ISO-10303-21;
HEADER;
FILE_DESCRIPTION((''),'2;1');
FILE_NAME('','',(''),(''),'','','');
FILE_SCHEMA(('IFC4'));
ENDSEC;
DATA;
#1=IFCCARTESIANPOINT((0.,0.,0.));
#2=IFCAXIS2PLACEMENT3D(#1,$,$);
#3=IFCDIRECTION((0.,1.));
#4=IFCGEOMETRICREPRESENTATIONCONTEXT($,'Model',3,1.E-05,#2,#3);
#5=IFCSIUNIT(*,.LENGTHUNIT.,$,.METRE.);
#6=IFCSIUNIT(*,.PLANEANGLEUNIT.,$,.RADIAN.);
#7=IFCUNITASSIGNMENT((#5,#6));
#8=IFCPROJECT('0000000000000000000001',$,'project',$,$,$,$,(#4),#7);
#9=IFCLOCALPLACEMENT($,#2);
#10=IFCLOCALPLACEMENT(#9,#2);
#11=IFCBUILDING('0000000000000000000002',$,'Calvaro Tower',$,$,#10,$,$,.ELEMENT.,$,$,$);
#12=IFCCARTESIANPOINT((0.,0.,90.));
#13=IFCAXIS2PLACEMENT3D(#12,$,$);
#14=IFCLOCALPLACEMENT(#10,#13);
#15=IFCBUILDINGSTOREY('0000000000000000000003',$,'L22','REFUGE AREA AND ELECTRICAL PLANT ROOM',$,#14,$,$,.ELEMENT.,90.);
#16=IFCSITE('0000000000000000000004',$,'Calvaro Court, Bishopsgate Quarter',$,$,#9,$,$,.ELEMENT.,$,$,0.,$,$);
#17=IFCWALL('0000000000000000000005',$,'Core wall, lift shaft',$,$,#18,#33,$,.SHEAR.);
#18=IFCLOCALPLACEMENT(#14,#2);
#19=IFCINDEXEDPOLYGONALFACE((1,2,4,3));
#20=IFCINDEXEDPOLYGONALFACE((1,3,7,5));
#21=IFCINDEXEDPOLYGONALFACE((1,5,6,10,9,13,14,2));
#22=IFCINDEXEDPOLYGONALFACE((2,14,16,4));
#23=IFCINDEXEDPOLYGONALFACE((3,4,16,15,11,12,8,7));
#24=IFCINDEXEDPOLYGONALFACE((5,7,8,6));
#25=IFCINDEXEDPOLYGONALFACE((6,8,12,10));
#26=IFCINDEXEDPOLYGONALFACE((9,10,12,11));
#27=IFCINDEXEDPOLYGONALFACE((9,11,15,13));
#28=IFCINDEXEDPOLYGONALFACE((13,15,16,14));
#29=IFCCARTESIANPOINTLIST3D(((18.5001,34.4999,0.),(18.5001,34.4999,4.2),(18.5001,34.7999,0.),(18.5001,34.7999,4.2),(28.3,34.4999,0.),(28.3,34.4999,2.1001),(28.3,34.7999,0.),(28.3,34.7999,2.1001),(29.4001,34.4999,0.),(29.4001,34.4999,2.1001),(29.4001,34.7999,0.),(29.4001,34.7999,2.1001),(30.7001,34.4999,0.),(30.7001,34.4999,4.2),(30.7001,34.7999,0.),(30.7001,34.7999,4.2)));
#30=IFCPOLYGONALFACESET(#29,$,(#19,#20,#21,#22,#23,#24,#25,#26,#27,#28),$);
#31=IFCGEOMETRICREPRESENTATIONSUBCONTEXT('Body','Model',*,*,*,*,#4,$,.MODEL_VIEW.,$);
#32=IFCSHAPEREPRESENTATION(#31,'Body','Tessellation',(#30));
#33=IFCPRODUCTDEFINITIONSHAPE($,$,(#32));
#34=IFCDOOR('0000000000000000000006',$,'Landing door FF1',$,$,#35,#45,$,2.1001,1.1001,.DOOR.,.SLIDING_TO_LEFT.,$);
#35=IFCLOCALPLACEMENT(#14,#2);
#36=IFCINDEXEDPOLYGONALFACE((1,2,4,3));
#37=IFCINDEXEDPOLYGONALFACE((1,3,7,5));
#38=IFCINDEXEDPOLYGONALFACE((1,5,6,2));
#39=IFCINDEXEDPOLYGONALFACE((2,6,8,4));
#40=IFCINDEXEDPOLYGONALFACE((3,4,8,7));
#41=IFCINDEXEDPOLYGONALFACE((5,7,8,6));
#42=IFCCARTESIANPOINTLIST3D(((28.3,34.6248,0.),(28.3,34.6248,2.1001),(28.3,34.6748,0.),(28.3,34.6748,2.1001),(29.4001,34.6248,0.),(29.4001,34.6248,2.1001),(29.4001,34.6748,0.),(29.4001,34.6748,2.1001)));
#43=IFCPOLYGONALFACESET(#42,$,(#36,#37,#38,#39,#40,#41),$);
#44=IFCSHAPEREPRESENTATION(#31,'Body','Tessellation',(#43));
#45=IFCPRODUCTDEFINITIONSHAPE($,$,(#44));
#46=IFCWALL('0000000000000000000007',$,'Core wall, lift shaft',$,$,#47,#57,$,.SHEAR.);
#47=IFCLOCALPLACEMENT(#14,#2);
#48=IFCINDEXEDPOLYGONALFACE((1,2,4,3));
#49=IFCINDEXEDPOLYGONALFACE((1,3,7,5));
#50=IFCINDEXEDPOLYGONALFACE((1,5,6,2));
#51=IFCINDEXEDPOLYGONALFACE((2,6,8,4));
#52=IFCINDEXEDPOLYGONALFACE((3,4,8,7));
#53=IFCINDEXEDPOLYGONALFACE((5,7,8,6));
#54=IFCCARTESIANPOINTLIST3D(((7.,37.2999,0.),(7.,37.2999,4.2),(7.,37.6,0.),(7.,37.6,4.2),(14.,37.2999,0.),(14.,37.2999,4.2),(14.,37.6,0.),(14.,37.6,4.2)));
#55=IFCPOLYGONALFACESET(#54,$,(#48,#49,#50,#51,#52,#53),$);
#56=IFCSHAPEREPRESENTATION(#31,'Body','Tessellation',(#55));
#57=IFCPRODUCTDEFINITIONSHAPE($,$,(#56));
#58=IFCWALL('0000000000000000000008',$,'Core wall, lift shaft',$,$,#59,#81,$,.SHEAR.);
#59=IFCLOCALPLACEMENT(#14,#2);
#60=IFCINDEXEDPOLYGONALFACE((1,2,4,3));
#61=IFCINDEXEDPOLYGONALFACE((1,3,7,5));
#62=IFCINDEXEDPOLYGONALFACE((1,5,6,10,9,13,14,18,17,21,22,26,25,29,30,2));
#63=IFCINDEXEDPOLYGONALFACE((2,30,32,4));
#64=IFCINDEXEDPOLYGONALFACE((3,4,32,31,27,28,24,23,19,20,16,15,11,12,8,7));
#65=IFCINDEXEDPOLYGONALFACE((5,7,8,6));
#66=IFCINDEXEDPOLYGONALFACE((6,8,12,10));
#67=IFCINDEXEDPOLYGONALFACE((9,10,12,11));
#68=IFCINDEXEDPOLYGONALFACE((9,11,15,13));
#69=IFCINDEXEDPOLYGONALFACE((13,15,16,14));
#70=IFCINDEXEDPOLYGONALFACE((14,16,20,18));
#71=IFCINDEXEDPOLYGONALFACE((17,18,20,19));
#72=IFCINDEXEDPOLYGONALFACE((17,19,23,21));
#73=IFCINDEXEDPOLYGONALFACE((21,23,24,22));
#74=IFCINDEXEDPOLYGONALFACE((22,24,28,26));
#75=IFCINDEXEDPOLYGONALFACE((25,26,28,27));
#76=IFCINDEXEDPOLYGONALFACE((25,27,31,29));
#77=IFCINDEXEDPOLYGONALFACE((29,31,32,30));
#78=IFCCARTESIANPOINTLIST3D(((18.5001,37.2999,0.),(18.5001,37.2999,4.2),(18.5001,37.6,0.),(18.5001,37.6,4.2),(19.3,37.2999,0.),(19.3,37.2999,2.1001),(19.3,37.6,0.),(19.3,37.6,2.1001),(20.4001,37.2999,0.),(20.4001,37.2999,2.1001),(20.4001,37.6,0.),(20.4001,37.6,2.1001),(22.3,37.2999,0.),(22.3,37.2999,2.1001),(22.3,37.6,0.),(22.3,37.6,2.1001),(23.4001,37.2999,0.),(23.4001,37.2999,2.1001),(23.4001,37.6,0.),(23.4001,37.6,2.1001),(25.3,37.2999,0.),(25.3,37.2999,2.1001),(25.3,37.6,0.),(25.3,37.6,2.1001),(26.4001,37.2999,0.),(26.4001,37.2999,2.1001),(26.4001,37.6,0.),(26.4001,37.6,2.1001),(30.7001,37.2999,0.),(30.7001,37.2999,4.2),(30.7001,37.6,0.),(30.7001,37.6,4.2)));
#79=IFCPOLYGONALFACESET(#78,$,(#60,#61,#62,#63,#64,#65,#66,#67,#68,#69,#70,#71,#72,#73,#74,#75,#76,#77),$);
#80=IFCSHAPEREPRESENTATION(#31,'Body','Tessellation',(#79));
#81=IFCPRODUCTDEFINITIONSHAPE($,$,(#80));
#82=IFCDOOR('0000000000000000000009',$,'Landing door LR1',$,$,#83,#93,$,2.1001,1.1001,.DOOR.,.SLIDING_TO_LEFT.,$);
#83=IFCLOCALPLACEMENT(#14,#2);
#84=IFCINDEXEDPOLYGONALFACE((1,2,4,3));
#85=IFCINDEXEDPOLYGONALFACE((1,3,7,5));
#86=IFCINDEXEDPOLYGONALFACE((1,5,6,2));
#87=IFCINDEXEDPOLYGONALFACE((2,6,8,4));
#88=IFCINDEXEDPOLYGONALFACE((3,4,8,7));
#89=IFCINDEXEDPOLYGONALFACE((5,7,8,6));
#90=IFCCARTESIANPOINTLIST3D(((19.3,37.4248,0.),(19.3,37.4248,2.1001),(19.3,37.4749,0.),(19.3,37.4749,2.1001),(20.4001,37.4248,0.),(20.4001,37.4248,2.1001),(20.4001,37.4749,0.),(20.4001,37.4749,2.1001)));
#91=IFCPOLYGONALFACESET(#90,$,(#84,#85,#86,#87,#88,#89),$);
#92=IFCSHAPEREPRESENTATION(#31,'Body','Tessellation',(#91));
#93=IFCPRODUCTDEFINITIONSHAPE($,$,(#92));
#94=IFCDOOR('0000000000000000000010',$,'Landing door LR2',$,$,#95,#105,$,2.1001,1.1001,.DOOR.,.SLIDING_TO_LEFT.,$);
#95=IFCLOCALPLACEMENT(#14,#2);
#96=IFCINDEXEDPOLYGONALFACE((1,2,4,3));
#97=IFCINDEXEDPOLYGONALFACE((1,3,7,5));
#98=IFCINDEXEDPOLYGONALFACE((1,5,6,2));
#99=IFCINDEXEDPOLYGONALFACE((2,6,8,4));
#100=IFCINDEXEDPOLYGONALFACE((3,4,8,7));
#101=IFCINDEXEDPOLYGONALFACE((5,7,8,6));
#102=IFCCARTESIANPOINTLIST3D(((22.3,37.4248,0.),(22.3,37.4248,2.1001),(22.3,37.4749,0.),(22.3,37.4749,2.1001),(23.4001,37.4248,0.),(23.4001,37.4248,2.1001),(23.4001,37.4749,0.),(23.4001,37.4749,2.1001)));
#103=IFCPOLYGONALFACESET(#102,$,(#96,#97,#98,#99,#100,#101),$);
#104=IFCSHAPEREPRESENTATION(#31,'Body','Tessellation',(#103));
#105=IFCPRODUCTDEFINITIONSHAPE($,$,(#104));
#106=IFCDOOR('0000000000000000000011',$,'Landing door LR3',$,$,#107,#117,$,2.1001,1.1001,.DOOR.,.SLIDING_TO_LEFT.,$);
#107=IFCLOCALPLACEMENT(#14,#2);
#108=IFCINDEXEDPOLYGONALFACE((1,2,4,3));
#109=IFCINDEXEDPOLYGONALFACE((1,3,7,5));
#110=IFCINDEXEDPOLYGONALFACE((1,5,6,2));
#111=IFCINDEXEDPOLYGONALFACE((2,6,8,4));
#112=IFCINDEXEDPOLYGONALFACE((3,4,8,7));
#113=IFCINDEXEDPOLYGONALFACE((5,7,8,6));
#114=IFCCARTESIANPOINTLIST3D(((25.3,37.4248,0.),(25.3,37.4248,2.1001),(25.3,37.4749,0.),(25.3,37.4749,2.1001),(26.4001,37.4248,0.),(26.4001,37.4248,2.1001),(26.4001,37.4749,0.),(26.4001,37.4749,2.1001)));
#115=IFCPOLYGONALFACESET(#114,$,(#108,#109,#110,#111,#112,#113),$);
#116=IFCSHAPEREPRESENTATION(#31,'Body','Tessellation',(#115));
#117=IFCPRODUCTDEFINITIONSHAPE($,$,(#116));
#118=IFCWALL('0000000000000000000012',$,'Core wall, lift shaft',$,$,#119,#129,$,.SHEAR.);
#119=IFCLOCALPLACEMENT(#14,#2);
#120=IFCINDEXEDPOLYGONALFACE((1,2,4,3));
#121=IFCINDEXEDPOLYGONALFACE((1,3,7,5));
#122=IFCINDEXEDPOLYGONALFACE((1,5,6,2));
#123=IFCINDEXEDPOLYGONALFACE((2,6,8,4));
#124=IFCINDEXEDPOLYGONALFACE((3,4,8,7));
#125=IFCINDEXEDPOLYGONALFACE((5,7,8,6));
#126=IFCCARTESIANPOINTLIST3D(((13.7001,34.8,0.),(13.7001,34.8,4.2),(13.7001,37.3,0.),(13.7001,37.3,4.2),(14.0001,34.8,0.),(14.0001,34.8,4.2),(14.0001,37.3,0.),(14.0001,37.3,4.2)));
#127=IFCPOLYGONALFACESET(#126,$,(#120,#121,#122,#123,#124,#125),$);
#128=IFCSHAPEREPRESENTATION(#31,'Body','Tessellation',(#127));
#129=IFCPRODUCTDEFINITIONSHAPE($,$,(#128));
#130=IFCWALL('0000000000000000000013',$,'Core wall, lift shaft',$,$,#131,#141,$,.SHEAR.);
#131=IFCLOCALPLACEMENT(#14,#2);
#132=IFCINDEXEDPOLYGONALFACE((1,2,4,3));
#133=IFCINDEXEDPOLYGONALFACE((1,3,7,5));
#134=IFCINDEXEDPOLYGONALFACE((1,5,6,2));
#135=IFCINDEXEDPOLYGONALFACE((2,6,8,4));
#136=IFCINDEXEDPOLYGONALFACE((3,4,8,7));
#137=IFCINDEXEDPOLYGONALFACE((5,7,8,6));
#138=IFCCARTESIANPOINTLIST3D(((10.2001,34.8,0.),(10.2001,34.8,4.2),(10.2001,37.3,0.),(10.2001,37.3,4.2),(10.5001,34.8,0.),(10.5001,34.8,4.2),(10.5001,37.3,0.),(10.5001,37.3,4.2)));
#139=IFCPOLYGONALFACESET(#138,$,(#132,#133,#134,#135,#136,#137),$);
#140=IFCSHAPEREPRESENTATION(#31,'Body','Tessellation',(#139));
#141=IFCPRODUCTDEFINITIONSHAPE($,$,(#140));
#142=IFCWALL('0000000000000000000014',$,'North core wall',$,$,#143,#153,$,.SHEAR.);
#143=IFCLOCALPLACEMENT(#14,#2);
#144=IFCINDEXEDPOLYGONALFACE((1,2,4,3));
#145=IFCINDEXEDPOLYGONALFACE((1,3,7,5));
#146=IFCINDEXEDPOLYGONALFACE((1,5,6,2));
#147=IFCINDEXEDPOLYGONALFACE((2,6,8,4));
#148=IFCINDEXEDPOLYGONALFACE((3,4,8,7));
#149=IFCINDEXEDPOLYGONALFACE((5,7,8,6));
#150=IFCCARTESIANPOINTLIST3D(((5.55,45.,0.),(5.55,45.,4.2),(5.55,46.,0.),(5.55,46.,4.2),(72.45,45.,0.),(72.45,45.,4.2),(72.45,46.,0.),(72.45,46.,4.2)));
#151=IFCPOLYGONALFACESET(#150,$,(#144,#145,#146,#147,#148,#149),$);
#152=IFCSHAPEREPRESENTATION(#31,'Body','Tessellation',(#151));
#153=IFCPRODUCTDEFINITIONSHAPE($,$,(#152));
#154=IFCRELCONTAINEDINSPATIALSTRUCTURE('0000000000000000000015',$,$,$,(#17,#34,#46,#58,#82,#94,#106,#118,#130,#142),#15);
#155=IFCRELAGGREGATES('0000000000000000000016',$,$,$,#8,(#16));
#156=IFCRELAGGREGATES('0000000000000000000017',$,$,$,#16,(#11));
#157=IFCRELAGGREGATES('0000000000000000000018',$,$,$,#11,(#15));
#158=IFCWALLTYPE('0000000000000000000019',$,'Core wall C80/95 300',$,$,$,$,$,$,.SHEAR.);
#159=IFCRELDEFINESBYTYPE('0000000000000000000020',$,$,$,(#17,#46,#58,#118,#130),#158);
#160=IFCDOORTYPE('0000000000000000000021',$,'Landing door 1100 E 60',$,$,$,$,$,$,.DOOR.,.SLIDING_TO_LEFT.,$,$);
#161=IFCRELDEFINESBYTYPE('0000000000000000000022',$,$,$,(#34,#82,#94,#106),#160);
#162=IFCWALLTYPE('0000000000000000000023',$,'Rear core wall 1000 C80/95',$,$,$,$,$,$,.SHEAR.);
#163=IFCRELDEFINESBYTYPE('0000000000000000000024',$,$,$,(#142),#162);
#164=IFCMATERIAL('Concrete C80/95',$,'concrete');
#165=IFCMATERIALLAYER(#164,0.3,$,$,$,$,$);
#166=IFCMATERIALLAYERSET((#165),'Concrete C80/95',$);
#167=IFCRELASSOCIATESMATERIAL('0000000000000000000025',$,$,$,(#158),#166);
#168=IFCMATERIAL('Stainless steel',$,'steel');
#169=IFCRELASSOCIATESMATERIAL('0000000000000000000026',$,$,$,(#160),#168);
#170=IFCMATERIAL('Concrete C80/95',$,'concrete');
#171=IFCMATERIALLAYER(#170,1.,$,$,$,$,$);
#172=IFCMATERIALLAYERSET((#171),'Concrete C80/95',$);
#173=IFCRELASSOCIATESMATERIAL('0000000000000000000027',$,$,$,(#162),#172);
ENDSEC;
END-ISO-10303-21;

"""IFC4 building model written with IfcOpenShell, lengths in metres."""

from ifc_helpers import new_model, si_unit, direction, frame, frame_2d, origin, place, context, subcontext, project, spatial, rectangle, extrude, material, layer, layer_set, type_object, element, fill, save


model = new_model("IFC4")

# Units and contexts
model_context = context("Model", 3, precision=1e-05, world=origin(), true_north=direction((0.0, 1.0)))
body_context = subcontext(model_context, "Body", "Model", "MODEL_VIEW")
ifc_project = project(units=[si_unit("LENGTHUNIT", "METRE"), si_unit("PLANEANGLEUNIT", "RADIAN")], contexts=[model_context])

# Site, building, storey
site_placement = place(None, origin())
site = spatial("IfcSite", under=ifc_project, at=site_placement, Name="Calvaro Court, Bishopsgate Quarter", CompositionType="ELEMENT", RefElevation=0.0)
building_placement = place(site_placement, origin())
building = spatial("IfcBuilding", under=site, at=building_placement, Name="Calvaro Tower", CompositionType="ELEMENT")
storey_placement = place(building_placement, frame((0.0, 0.0, 90.0)))
storey = spatial("IfcBuildingStorey", under=building, at=storey_placement, Name="L22", Description="REFUGE AREA AND ELECTRICAL PLANT ROOM", CompositionType="ELEMENT", Elevation=90.0)

# Shared definitions
ifc_material_1 = material(Name="Concrete C80/95", Category="concrete")
ifc_layer_1 = layer(ifc_material_1, 0.3)
ifc_layer_set_1 = layer_set([ifc_layer_1], Name="Concrete C80/95")
wall_type_1 = type_object("IfcWallType", Name="Core wall C80/95 300", PredefinedType="SHEAR", material=ifc_layer_set_1)

# Wall, opening, door
wall_1_placement = place(storey_placement, frame((18.5, 34.6499, 0.0), z_axis=(0.0, 0.0, 1.0), x_axis=(1.0, 0.0, 0.0)))
wall_1 = element("IfcWall", 1, at=wall_1_placement, inside=storey, type_object=wall_type_1, Name="Core wall, lift shaft", PredefinedType="SHEAR", context=body_context, shape_type="SweptSolid", body=[
    extrude(rectangle(XDim=12.2, YDim=0.3, at=frame_2d((6.1001, 0.0))), origin(), (0.0, 0.0, 1.0), 4.2),
])
opening_1_placement = place(wall_1_placement, frame((9.8, 0.0, 0.0)))
opening_1 = element("IfcOpeningElement", 2, at=opening_1_placement, cuts=wall_1, PredefinedType="OPENING", context=body_context, shape_type="SweptSolid", body=[
    extrude(rectangle(XDim=1.1001, YDim=2.1001, at=frame_2d((0.55, 1.05))), frame((0.0, 0.1599, 0.0), z_axis=(0.0, -1.0, 0.0), x_axis=(1.0, 0.0, 0.0)), (0.0, 0.0, 1.0), 0.3201),
])
ifc_material_2 = material(Name="Stainless steel", Category="steel")
door_type_1 = type_object("IfcDoorType", Name="Landing door 1100 E 60", OperationType="SLIDING_TO_LEFT", PredefinedType="DOOR", material=ifc_material_2)
door_1_placement = place(opening_1_placement, origin())
door_1 = element("IfcDoor", 3, at=door_1_placement, inside=storey, type_object=door_type_1, Name="Landing door FF1", OperationType="SLIDING_TO_LEFT", OverallHeight=2.1001, OverallWidth=1.1001, PredefinedType="DOOR", context=body_context, shape_type="SweptSolid", body=[
    extrude(rectangle(XDim=1.1001, YDim=2.1001, at=frame_2d((0.55, 1.05))), frame((0.0, 0.0249, 0.0), z_axis=(0.0, -1.0, 0.0), x_axis=(1.0, 0.0, 0.0)), (0.0, 0.0, 1.0), 0.05),
])
fill(opening_1, door_1)

# Wall
wall_2_placement = place(storey_placement, frame((7.0, 37.45, 0.0), z_axis=(0.0, 0.0, 1.0), x_axis=(1.0, 0.0, 0.0)))
element("IfcWall", 4, at=wall_2_placement, inside=storey, type_object=wall_type_1, Name="Core wall, lift shaft", PredefinedType="SHEAR", context=body_context, shape_type="SweptSolid", body=[
    extrude(rectangle(XDim=7.0, YDim=0.3, at=frame_2d((3.5, 0.0))), origin(), (0.0, 0.0, 1.0), 4.2),
])

# Wall, openings, doors
wall_3_placement = place(storey_placement, frame((18.5, 37.45, 0.0), z_axis=(0.0, 0.0, 1.0), x_axis=(1.0, 0.0, 0.0)))
wall_3 = element("IfcWall", 5, at=wall_3_placement, inside=storey, type_object=wall_type_1, Name="Core wall, lift shaft", PredefinedType="SHEAR", context=body_context, shape_type="SweptSolid", body=[
    extrude(rectangle(XDim=12.2, YDim=0.3, at=frame_2d((6.1001, 0.0))), origin(), (0.0, 0.0, 1.0), 4.2),
])
opening_2_placement = place(wall_3_placement, frame((0.8, 0.0, 0.0)))
opening_2 = element("IfcOpeningElement", 6, at=opening_2_placement, cuts=wall_3, PredefinedType="OPENING", context=body_context, shape_type="SweptSolid", body=[
    extrude(rectangle(XDim=1.1001, YDim=2.1001, at=frame_2d((0.55, 1.05))), frame((0.0, 0.1599, 0.0), z_axis=(0.0, -1.0, 0.0), x_axis=(1.0, 0.0, 0.0)), (0.0, 0.0, 1.0), 0.3201),
])
opening_3_placement = place(wall_3_placement, frame((3.8, 0.0, 0.0)))
opening_3 = element("IfcOpeningElement", 7, at=opening_3_placement, cuts=wall_3, PredefinedType="OPENING", context=body_context, shape_type="SweptSolid", body=[
    extrude(rectangle(XDim=1.1001, YDim=2.1001, at=frame_2d((0.55, 1.05))), frame((0.0, 0.1599, 0.0), z_axis=(0.0, -1.0, 0.0), x_axis=(1.0, 0.0, 0.0)), (0.0, 0.0, 1.0), 0.3201),
])
opening_4_placement = place(wall_3_placement, frame((6.8, 0.0, 0.0)))
opening_4 = element("IfcOpeningElement", 8, at=opening_4_placement, cuts=wall_3, PredefinedType="OPENING", context=body_context, shape_type="SweptSolid", body=[
    extrude(rectangle(XDim=1.1001, YDim=2.1001, at=frame_2d((0.55, 1.05))), frame((0.0, 0.1599, 0.0), z_axis=(0.0, -1.0, 0.0), x_axis=(1.0, 0.0, 0.0)), (0.0, 0.0, 1.0), 0.3201),
])
door_2_placement = place(opening_2_placement, origin())
door_2 = element("IfcDoor", 9, at=door_2_placement, inside=storey, type_object=door_type_1, Name="Landing door LR1", OperationType="SLIDING_TO_LEFT", OverallHeight=2.1001, OverallWidth=1.1001, PredefinedType="DOOR", context=body_context, shape_type="SweptSolid", body=[
    extrude(rectangle(XDim=1.1001, YDim=2.1001, at=frame_2d((0.55, 1.05))), frame((0.0, 0.0249, 0.0), z_axis=(0.0, -1.0, 0.0), x_axis=(1.0, 0.0, 0.0)), (0.0, 0.0, 1.0), 0.05),
])
fill(opening_2, door_2)
door_3_placement = place(opening_3_placement, origin())
door_3 = element("IfcDoor", 10, at=door_3_placement, inside=storey, type_object=door_type_1, Name="Landing door LR2", OperationType="SLIDING_TO_LEFT", OverallHeight=2.1001, OverallWidth=1.1001, PredefinedType="DOOR", context=body_context, shape_type="SweptSolid", body=[
    extrude(rectangle(XDim=1.1001, YDim=2.1001, at=frame_2d((0.55, 1.05))), frame((0.0, 0.0249, 0.0), z_axis=(0.0, -1.0, 0.0), x_axis=(1.0, 0.0, 0.0)), (0.0, 0.0, 1.0), 0.05),
])
fill(opening_3, door_3)
door_4_placement = place(opening_4_placement, origin())
door_4 = element("IfcDoor", 11, at=door_4_placement, inside=storey, type_object=door_type_1, Name="Landing door LR3", OperationType="SLIDING_TO_LEFT", OverallHeight=2.1001, OverallWidth=1.1001, PredefinedType="DOOR", context=body_context, shape_type="SweptSolid", body=[
    extrude(rectangle(XDim=1.1001, YDim=2.1001, at=frame_2d((0.55, 1.05))), frame((0.0, 0.0249, 0.0), z_axis=(0.0, -1.0, 0.0), x_axis=(1.0, 0.0, 0.0)), (0.0, 0.0, 1.0), 0.05),
])
fill(opening_4, door_4)

# Walls
for number, where, z_axis, x_axis, name in (
    (12, (13.8501, 34.8, 0.0), (0.0, 0.0, 1.0), (0.0, 1.0, 0.0), "Core wall, lift shaft"),
    (13, (10.3501, 34.8, 0.0), (0.0, 0.0, 1.0), (0.0, 1.0, 0.0), "Core wall, lift shaft"),
):
    element("IfcWall", number, at=place(storey_placement, frame(where, z_axis=z_axis, x_axis=x_axis)), inside=storey, type_object=wall_type_1, Name=name, PredefinedType="SHEAR", context=body_context, shape_type="SweptSolid", body=[
        extrude(rectangle(XDim=2.5, YDim=0.3, at=frame_2d((1.25, 0.0))), origin(), (0.0, 0.0, 1.0), 4.2),
    ])
ifc_material_3 = material(Name="Concrete C80/95", Category="concrete")
ifc_layer_2 = layer(ifc_material_3, 1.0)
ifc_layer_set_2 = layer_set([ifc_layer_2], Name="Concrete C80/95")
wall_type_2 = type_object("IfcWallType", Name="Rear core wall 1000 C80/95", PredefinedType="SHEAR", material=ifc_layer_set_2)
wall_4_placement = place(storey_placement, frame((5.55, 45.5, 0.0), z_axis=(0.0, 0.0, 1.0), x_axis=(1.0, 0.0, 0.0)))
element("IfcWall", 14, at=wall_4_placement, inside=storey, type_object=wall_type_2, Name="North core wall", PredefinedType="SHEAR", context=body_context, shape_type="SweptSolid", body=[
    extrude(rectangle(XDim=66.8999, YDim=1.0, at=frame_2d((33.45, 0.0))), origin(), (0.0, 0.0, 1.0), 4.2),
])

save(model, "model.ifc")
